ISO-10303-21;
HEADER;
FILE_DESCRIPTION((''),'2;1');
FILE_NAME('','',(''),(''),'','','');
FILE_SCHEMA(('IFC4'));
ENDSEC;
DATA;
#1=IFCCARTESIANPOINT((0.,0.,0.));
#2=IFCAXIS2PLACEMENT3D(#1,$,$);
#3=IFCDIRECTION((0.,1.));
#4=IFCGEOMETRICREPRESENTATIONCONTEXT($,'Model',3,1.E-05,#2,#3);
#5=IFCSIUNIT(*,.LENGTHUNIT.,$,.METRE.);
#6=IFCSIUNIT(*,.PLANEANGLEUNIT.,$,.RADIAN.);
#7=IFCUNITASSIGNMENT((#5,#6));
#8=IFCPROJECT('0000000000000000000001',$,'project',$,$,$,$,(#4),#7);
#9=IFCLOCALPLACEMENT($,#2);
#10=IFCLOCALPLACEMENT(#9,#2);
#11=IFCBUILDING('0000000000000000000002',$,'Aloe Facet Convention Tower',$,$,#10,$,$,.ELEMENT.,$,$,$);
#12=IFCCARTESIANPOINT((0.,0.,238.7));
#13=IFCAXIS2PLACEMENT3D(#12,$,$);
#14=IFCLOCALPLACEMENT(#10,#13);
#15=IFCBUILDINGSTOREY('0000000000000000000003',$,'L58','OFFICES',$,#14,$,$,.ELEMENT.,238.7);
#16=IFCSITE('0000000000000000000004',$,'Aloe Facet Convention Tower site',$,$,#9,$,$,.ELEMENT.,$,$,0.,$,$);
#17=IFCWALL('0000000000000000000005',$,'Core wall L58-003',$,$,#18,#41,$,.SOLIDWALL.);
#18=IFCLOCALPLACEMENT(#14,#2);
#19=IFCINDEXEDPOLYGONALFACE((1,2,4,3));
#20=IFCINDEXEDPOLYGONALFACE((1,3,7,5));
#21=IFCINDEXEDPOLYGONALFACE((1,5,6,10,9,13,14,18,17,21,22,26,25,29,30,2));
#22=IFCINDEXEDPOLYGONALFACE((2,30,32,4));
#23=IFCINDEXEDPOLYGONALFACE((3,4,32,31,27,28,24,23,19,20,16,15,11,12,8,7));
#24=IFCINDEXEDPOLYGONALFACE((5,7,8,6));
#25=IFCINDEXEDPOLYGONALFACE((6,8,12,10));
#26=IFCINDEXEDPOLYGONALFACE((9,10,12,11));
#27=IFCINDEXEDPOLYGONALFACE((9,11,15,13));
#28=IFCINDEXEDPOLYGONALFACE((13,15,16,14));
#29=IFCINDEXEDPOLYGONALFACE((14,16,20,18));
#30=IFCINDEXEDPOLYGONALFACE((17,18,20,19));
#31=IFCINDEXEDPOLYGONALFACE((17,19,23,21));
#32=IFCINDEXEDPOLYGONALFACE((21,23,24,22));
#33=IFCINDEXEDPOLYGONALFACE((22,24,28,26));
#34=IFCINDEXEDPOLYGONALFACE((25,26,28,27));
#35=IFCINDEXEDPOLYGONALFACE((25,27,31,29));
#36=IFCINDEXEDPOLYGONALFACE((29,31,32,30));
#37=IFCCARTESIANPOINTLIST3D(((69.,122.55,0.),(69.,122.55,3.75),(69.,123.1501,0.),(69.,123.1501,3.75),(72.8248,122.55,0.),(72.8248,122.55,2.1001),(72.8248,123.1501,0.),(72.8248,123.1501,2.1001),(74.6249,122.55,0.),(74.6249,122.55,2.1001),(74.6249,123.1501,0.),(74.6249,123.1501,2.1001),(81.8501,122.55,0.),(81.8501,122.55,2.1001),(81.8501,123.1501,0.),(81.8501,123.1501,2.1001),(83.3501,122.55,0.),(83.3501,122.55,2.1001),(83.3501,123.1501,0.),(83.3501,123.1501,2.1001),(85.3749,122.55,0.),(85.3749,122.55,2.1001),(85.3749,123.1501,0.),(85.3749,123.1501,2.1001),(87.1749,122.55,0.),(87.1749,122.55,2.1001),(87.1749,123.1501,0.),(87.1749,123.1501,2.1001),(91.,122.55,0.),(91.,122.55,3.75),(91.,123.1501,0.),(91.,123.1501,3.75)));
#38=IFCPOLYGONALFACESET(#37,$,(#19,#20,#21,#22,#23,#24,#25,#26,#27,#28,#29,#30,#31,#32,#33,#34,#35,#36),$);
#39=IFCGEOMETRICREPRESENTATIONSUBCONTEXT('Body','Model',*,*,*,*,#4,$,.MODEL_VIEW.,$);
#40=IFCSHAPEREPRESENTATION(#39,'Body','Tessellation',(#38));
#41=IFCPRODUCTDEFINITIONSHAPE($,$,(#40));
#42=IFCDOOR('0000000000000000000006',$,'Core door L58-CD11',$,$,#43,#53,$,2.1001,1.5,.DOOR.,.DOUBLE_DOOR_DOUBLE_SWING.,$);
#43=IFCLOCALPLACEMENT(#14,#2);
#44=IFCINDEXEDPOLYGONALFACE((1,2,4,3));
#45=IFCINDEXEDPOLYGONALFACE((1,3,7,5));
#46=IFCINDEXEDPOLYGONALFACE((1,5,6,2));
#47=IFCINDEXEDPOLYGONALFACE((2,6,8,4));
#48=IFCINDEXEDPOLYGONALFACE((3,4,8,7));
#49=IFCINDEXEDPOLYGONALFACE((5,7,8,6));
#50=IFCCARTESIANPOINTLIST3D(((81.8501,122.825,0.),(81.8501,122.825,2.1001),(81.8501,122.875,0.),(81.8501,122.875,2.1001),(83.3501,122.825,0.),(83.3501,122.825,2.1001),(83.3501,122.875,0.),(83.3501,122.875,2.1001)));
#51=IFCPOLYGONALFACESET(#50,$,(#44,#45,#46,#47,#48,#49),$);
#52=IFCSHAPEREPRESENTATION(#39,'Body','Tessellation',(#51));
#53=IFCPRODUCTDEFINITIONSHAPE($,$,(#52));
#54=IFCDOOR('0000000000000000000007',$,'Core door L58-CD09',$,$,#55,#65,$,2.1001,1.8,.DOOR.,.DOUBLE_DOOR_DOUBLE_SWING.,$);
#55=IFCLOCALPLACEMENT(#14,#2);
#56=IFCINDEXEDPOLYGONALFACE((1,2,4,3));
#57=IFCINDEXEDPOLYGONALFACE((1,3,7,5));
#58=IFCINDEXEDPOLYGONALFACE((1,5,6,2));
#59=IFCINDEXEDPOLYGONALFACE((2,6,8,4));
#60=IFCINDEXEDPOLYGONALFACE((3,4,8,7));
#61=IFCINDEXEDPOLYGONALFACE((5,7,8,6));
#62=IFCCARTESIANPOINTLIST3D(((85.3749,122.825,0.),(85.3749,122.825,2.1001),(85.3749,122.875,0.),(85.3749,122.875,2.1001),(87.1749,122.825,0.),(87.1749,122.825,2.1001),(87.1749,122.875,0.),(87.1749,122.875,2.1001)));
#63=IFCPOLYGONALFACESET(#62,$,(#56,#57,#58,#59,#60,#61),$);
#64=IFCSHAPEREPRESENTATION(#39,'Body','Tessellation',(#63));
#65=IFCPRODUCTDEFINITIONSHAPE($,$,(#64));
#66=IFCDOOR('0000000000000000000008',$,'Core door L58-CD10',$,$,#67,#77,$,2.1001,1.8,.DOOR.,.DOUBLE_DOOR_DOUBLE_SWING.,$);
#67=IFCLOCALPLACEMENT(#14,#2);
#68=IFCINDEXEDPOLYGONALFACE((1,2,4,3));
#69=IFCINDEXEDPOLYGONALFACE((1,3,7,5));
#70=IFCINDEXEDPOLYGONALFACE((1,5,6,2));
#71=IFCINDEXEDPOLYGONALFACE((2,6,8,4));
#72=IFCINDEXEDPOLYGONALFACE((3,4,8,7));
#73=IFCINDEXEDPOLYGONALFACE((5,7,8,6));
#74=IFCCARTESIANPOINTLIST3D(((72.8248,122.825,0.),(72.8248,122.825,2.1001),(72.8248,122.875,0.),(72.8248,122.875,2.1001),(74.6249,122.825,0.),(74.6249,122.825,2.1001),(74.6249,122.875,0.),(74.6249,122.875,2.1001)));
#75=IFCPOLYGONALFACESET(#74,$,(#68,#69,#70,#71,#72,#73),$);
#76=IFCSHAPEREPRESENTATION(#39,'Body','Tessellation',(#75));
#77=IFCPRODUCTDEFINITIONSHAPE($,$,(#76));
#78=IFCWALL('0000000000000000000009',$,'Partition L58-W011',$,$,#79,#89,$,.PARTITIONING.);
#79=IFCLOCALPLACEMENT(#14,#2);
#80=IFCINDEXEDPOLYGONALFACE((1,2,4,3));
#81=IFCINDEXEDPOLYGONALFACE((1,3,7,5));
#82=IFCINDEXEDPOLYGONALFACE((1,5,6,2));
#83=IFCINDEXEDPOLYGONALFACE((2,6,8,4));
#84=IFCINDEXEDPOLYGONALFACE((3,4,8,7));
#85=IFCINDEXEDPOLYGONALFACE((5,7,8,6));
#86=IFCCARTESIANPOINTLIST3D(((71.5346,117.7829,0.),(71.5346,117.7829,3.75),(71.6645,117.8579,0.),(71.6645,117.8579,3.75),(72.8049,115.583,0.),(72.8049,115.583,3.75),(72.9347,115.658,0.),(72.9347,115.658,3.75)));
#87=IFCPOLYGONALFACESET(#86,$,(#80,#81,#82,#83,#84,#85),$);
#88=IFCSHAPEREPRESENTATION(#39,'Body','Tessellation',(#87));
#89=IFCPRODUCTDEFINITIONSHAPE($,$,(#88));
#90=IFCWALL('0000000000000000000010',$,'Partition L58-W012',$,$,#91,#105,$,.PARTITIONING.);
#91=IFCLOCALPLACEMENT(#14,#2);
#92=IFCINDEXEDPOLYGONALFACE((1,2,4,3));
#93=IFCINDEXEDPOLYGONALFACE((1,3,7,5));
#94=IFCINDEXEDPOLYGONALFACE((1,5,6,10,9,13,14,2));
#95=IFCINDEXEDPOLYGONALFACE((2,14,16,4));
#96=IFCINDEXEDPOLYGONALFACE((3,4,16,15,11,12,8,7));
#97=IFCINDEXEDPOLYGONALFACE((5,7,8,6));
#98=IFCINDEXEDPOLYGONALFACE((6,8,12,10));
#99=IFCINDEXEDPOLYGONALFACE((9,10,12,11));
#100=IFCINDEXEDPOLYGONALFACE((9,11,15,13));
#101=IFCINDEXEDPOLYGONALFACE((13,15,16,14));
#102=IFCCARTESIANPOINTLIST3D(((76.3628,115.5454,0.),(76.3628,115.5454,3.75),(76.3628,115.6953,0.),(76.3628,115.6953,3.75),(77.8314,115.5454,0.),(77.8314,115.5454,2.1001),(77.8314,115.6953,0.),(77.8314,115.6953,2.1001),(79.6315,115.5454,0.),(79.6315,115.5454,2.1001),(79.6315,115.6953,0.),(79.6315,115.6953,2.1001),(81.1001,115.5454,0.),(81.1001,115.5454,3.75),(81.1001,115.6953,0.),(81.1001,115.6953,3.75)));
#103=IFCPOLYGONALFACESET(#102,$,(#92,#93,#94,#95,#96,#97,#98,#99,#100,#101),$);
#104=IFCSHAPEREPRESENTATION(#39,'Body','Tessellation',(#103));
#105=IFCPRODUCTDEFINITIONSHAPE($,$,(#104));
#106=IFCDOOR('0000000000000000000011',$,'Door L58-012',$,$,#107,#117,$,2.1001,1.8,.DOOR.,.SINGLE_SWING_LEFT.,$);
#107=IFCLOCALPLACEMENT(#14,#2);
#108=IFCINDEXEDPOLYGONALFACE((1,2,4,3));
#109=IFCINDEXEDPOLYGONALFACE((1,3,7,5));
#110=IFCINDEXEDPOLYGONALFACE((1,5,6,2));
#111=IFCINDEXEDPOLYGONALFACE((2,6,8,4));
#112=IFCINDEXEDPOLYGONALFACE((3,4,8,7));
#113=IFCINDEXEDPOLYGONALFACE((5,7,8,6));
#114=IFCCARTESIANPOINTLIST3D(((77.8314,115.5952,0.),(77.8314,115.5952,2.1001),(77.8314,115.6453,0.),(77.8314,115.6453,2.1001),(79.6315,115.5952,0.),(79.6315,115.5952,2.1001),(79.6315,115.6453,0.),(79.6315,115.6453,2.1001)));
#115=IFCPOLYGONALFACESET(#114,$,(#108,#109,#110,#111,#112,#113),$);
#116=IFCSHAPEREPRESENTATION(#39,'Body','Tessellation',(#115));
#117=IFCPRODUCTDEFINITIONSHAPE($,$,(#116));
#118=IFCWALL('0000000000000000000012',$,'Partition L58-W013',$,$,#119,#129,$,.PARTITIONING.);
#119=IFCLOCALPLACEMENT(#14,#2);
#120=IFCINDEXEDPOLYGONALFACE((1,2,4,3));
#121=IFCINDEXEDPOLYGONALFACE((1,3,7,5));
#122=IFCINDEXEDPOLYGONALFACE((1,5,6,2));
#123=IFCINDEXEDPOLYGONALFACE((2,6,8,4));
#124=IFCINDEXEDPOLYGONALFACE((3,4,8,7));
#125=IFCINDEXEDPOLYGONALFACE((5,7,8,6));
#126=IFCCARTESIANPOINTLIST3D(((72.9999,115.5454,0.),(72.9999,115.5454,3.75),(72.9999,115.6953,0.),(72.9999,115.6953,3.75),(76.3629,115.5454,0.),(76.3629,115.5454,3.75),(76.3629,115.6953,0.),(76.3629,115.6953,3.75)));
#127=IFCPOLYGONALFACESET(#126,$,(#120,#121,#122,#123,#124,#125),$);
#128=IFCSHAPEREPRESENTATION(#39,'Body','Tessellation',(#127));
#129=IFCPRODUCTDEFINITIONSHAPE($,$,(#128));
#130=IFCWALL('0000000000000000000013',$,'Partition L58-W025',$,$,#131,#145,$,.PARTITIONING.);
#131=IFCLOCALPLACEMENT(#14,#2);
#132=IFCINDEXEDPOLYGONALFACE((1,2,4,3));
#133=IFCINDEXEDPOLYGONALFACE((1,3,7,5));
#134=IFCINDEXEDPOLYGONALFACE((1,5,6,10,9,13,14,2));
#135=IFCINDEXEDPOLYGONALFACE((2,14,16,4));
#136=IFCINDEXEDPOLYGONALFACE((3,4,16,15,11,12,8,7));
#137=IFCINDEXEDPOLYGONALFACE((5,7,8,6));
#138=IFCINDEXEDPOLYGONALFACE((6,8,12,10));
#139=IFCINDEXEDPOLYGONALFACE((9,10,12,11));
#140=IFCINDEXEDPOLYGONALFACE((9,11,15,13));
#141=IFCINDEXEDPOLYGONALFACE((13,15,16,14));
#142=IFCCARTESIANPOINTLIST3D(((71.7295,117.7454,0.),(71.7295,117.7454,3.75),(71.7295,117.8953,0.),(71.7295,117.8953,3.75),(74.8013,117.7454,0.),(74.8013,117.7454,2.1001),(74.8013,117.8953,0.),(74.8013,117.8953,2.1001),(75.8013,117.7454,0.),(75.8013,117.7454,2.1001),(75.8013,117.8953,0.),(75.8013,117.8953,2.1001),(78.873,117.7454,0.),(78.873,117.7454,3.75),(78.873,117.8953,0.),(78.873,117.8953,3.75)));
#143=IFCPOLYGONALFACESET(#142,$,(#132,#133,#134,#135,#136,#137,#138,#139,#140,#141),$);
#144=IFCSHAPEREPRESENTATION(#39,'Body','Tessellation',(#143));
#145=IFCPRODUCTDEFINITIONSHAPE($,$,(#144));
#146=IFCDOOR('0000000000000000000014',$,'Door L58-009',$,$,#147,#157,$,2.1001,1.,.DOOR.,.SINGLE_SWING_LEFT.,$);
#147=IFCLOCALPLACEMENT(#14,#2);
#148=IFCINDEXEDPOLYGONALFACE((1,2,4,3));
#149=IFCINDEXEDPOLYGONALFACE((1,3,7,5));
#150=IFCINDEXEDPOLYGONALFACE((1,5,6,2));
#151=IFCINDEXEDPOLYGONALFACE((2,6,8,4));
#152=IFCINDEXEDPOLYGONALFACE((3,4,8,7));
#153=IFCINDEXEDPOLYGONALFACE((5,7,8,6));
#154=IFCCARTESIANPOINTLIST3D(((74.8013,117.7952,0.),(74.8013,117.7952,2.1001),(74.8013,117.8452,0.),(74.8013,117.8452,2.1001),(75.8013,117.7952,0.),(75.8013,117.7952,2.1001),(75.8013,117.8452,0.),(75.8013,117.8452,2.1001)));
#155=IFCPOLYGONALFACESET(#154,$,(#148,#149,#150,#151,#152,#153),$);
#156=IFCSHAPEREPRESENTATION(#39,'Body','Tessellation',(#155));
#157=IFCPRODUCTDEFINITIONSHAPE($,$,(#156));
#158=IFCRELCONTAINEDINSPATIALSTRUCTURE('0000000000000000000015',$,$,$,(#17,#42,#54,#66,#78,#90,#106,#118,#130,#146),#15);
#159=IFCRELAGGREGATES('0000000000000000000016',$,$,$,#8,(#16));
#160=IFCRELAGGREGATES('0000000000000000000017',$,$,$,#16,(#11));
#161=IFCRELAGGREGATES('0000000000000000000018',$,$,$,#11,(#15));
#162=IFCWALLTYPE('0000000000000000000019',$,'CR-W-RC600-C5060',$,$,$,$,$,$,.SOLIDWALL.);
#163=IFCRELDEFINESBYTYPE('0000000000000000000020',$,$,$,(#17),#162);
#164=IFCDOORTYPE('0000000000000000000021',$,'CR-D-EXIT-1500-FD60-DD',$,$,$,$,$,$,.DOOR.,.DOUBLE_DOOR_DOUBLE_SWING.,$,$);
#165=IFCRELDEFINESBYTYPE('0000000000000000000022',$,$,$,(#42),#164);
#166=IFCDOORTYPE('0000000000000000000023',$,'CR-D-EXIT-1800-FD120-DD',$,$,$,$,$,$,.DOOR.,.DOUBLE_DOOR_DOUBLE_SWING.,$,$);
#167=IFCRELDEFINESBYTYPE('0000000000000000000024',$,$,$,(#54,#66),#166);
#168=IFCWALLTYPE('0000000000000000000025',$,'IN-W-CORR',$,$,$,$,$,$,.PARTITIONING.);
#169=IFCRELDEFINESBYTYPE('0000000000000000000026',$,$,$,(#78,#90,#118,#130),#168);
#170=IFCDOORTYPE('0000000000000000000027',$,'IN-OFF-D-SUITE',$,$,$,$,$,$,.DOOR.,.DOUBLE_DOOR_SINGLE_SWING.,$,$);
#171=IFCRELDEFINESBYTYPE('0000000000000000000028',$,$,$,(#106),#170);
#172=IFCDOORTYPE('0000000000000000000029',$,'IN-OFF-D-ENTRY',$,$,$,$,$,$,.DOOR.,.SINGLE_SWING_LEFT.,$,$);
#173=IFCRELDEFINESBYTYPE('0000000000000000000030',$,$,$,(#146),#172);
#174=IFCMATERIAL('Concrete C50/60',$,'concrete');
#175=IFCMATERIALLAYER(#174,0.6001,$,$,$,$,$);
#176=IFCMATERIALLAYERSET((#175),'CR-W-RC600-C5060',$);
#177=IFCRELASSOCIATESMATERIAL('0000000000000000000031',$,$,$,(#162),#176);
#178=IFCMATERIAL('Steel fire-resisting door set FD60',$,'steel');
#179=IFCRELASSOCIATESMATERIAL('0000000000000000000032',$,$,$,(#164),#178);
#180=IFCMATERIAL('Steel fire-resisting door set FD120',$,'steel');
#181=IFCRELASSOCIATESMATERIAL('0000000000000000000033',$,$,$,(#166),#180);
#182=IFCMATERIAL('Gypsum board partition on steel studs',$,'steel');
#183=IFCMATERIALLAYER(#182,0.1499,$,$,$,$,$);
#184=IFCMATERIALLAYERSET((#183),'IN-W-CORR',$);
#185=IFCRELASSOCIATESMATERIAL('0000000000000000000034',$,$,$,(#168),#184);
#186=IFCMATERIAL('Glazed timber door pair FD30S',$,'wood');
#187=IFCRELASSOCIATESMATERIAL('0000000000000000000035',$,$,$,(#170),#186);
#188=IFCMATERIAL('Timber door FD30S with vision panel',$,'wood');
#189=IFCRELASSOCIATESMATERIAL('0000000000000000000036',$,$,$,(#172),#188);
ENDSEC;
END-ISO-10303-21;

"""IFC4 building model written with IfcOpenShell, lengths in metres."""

from ifc_helpers import new_model, si_unit, direction, frame, frame_2d, origin, place, context, subcontext, project, spatial, rectangle, extrude, material, layer, layer_set, type_object, element, fill, save


model = new_model("IFC4")

# Units and contexts
model_context = context("Model", 3, precision=1e-05, world=origin(), true_north=direction((0.0, 1.0)))
body_context = subcontext(model_context, "Body", "Model", "MODEL_VIEW")
ifc_project = project(units=[si_unit("LENGTHUNIT", "METRE"), si_unit("PLANEANGLEUNIT", "RADIAN")], contexts=[model_context])

# Site, building, storey
site_placement = place(None, origin())
site = spatial("IfcSite", under=ifc_project, at=site_placement, Name="Aloe Facet Convention Tower site", CompositionType="ELEMENT", RefElevation=0.0)
building_placement = place(site_placement, origin())
building = spatial("IfcBuilding", under=site, at=building_placement, Name="Aloe Facet Convention Tower", CompositionType="ELEMENT")
storey_placement = place(building_placement, frame((0.0, 0.0, 238.7)))
storey = spatial("IfcBuildingStorey", under=building, at=storey_placement, Name="L58", Description="OFFICES", CompositionType="ELEMENT", Elevation=238.7)

# Wall, openings, doors
ifc_material_1 = material(Name="Concrete C50/60", Category="concrete")
ifc_layer_1 = layer(ifc_material_1, 0.6001)
ifc_layer_set_1 = layer_set([ifc_layer_1], Name="CR-W-RC600-C5060")
wall_type_1 = type_object("IfcWallType", Name="CR-W-RC600-C5060", PredefinedType="SOLIDWALL", material=ifc_layer_set_1)
wall_1_placement = place(storey_placement, frame((69.0, 122.8501, 0.0), z_axis=(0.0, 0.0, 1.0), x_axis=(1.0, 0.0, 0.0)))
wall_1 = element("IfcWall", 1, at=wall_1_placement, inside=storey, type_object=wall_type_1, Name="Core wall L58-003", PredefinedType="SOLIDWALL", context=body_context, shape_type="SweptSolid", body=[
    extrude(rectangle(XDim=22.0, YDim=0.6001, at=frame_2d((11.0, 0.0))), origin(), (0.0, 0.0, 1.0), 3.75),
])
opening_1_placement = place(wall_1_placement, frame((16.375, 0.0, 0.0)))
opening_1 = element("IfcOpeningElement", 2, at=opening_1_placement, cuts=wall_1, PredefinedType="OPENING", context=body_context, shape_type="SweptSolid", body=[
    extrude(rectangle(XDim=1.8, YDim=2.1001, at=frame_2d((0.8999, 1.05))), frame((0.0, 0.3101, 0.0), z_axis=(0.0, -1.0, 0.0), x_axis=(1.0, 0.0, 0.0)), (0.0, 0.0, 1.0), 0.6201),
])
opening_2_placement = place(wall_1_placement, frame((3.825, 0.0, 0.0)))
opening_2 = element("IfcOpeningElement", 3, at=opening_2_placement, cuts=wall_1, PredefinedType="OPENING", context=body_context, shape_type="SweptSolid", body=[
    extrude(rectangle(XDim=1.8, YDim=2.1001, at=frame_2d((0.8999, 1.05))), frame((0.0, 0.3101, 0.0), z_axis=(0.0, -1.0, 0.0), x_axis=(1.0, 0.0, 0.0)), (0.0, 0.0, 1.0), 0.6201),
])
opening_3_placement = place(wall_1_placement, frame((12.8501, 0.0, 0.0)))
opening_3 = element("IfcOpeningElement", 4, at=opening_3_placement, cuts=wall_1, PredefinedType="OPENING", context=body_context, shape_type="SweptSolid", body=[
    extrude(rectangle(XDim=1.5, YDim=2.1001, at=frame_2d((0.75, 1.05))), frame((0.0, 0.3101, 0.0), z_axis=(0.0, -1.0, 0.0), x_axis=(1.0, 0.0, 0.0)), (0.0, 0.0, 1.0), 0.6201),
])
ifc_material_2 = material(Name="Steel fire-resisting door set FD60", Category="steel")
door_type_1 = type_object("IfcDoorType", Name="CR-D-EXIT-1500-FD60-DD", OperationType="DOUBLE_DOOR_DOUBLE_SWING", PredefinedType="DOOR", material=ifc_material_2)
door_1_placement = place(opening_3_placement, origin())
door_1 = element("IfcDoor", 5, at=door_1_placement, inside=storey, type_object=door_type_1, Name="Core door L58-CD11", OperationType="DOUBLE_DOOR_DOUBLE_SWING", OverallHeight=2.1001, OverallWidth=1.5, PredefinedType="DOOR", context=body_context, shape_type="SweptSolid", body=[
    extrude(rectangle(XDim=1.5, YDim=2.1001, at=frame_2d((0.75, 1.05))), frame((0.0, 0.0249, 0.0), z_axis=(0.0, -1.0, 0.0), x_axis=(1.0, 0.0, 0.0)), (0.0, 0.0, 1.0), 0.05),
])
fill(opening_3, door_1)
ifc_material_3 = material(Name="Steel fire-resisting door set FD120", Category="steel")
door_type_2 = type_object("IfcDoorType", Name="CR-D-EXIT-1800-FD120-DD", OperationType="DOUBLE_DOOR_DOUBLE_SWING", PredefinedType="DOOR", material=ifc_material_3)
door_2_placement = place(opening_1_placement, origin())
door_2 = element("IfcDoor", 6, at=door_2_placement, inside=storey, type_object=door_type_2, Name="Core door L58-CD09", OperationType="DOUBLE_DOOR_DOUBLE_SWING", OverallHeight=2.1001, OverallWidth=1.8, PredefinedType="DOOR", context=body_context, shape_type="SweptSolid", body=[
    extrude(rectangle(XDim=1.8, YDim=2.1001, at=frame_2d((0.8999, 1.05))), frame((0.0, 0.0249, 0.0), z_axis=(0.0, -1.0, 0.0), x_axis=(1.0, 0.0, 0.0)), (0.0, 0.0, 1.0), 0.05),
])
fill(opening_1, door_2)
door_3_placement = place(opening_2_placement, origin())
door_3 = element("IfcDoor", 7, at=door_3_placement, inside=storey, type_object=door_type_2, Name="Core door L58-CD10", OperationType="DOUBLE_DOOR_DOUBLE_SWING", OverallHeight=2.1001, OverallWidth=1.8, PredefinedType="DOOR", context=body_context, shape_type="SweptSolid", body=[
    extrude(rectangle(XDim=1.8, YDim=2.1001, at=frame_2d((0.8999, 1.05))), frame((0.0, 0.0249, 0.0), z_axis=(0.0, -1.0, 0.0), x_axis=(1.0, 0.0, 0.0)), (0.0, 0.0, 1.0), 0.05),
])
fill(opening_2, door_3)

# Wall
ifc_material_4 = material(Name="Gypsum board partition on steel studs", Category="steel")
ifc_layer_2 = layer(ifc_material_4, 0.1499)
ifc_layer_set_2 = layer_set([ifc_layer_2], Name="IN-W-CORR")
wall_type_2 = type_object("IfcWallType", Name="IN-W-CORR", PredefinedType="PARTITIONING", material=ifc_layer_set_2)
wall_2_placement = place(storey_placement, frame((71.5996, 117.8203, 0.0), z_axis=(0.0, 0.0, 1.0), x_axis=(0.500036, -0.866005, 0.0)))
element("IfcWall", 8, at=wall_2_placement, inside=storey, type_object=wall_type_2, Name="Partition L58-W011", PredefinedType="PARTITIONING", context=body_context, shape_type="SweptSolid", body=[
    extrude(rectangle(XDim=2.5403, YDim=0.1499, at=frame_2d((1.27, 0.0))), origin(), (0.0, 0.0, 1.0), 3.75),
])

# Wall, opening, door
wall_3_placement = place(storey_placement, frame((76.3628, 115.6204, 0.0), z_axis=(0.0, 0.0, 1.0), x_axis=(1.0, 0.0, 0.0)))
wall_3 = element("IfcWall", 9, at=wall_3_placement, inside=storey, type_object=wall_type_2, Name="Partition L58-W012", PredefinedType="PARTITIONING", context=body_context, shape_type="SweptSolid", body=[
    extrude(rectangle(XDim=4.7373, YDim=0.1499, at=frame_2d((2.3687, 0.0))), origin(), (0.0, 0.0, 1.0), 3.75),
])
opening_4_placement = place(wall_3_placement, frame((1.4688, 0.0, 0.0)))
opening_4 = element("IfcOpeningElement", 10, at=opening_4_placement, cuts=wall_3, PredefinedType="OPENING", context=body_context, shape_type="SweptSolid", body=[
    extrude(rectangle(XDim=1.8, YDim=2.1001, at=frame_2d((0.8999, 1.05))), frame((0.0, 0.085, 0.0), z_axis=(0.0, -1.0, 0.0), x_axis=(1.0, 0.0, 0.0)), (0.0, 0.0, 1.0), 0.1699),
])
ifc_material_5 = material(Name="Glazed timber door pair FD30S", Category="wood")
door_type_3 = type_object("IfcDoorType", Name="IN-OFF-D-SUITE", OperationType="DOUBLE_DOOR_SINGLE_SWING", PredefinedType="DOOR", material=ifc_material_5)
door_4_placement = place(opening_4_placement, origin())
door_4 = element("IfcDoor", 11, at=door_4_placement, inside=storey, type_object=door_type_3, Name="Door L58-012", OperationType="SINGLE_SWING_LEFT", OverallHeight=2.1001, OverallWidth=1.8, PredefinedType="DOOR", context=body_context, shape_type="SweptSolid", body=[
    extrude(rectangle(XDim=1.8, YDim=2.1001, at=frame_2d((0.8999, 1.05))), frame((0.0, 0.0249, 0.0), z_axis=(0.0, -1.0, 0.0), x_axis=(1.0, 0.0, 0.0)), (0.0, 0.0, 1.0), 0.05),
])
fill(opening_4, door_4)

# Wall
wall_4_placement = place(storey_placement, frame((72.9998, 115.6204, 0.0), z_axis=(0.0, 0.0, 1.0), x_axis=(1.0, 0.0, 0.0)))
element("IfcWall", 12, at=wall_4_placement, inside=storey, type_object=wall_type_2, Name="Partition L58-W013", PredefinedType="PARTITIONING", context=body_context, shape_type="SweptSolid", body=[
    extrude(rectangle(XDim=3.363, YDim=0.1499, at=frame_2d((1.6816, 0.0))), origin(), (0.0, 0.0, 1.0), 3.75),
])

# Wall, opening, door
wall_5_placement = place(storey_placement, frame((71.7295, 117.8203, 0.0), z_axis=(0.0, 0.0, 1.0), x_axis=(1.0, 0.0, 0.0)))
wall_5 = element("IfcWall", 13, at=wall_5_placement, inside=storey, type_object=wall_type_2, Name="Partition L58-W025", PredefinedType="PARTITIONING", context=body_context, shape_type="SweptSolid", body=[
    extrude(rectangle(XDim=7.1436, YDim=0.1499, at=frame_2d((3.5718, 0.0))), origin(), (0.0, 0.0, 1.0), 3.75),
])
opening_5_placement = place(wall_5_placement, frame((3.0718, 0.0, 0.0)))
opening_5 = element("IfcOpeningElement", 14, at=opening_5_placement, cuts=wall_5, PredefinedType="OPENING", context=body_context, shape_type="SweptSolid", body=[
    extrude(rectangle(XDim=1.0, YDim=2.1001, at=frame_2d((0.5, 1.05))), frame((0.0, 0.085, 0.0), z_axis=(0.0, -1.0, 0.0), x_axis=(1.0, 0.0, 0.0)), (0.0, 0.0, 1.0), 0.1699),
])
ifc_material_6 = material(Name="Timber door FD30S with vision panel", Category="wood")
door_type_4 = type_object("IfcDoorType", Name="IN-OFF-D-ENTRY", OperationType="SINGLE_SWING_LEFT", PredefinedType="DOOR", material=ifc_material_6)
door_5_placement = place(opening_5_placement, origin())
door_5 = element("IfcDoor", 15, at=door_5_placement, inside=storey, type_object=door_type_4, Name="Door L58-009", OperationType="SINGLE_SWING_LEFT", OverallHeight=2.1001, OverallWidth=1.0, PredefinedType="DOOR", context=body_context, shape_type="SweptSolid", body=[
    extrude(rectangle(XDim=1.0, YDim=2.1001, at=frame_2d((0.5, 1.05))), frame((0.0, 0.0249, 0.0), z_axis=(0.0, -1.0, 0.0), x_axis=(1.0, 0.0, 0.0)), (0.0, 0.0, 1.0), 0.05),
])
fill(opening_5, door_5)

save(model, "model.ifc")
